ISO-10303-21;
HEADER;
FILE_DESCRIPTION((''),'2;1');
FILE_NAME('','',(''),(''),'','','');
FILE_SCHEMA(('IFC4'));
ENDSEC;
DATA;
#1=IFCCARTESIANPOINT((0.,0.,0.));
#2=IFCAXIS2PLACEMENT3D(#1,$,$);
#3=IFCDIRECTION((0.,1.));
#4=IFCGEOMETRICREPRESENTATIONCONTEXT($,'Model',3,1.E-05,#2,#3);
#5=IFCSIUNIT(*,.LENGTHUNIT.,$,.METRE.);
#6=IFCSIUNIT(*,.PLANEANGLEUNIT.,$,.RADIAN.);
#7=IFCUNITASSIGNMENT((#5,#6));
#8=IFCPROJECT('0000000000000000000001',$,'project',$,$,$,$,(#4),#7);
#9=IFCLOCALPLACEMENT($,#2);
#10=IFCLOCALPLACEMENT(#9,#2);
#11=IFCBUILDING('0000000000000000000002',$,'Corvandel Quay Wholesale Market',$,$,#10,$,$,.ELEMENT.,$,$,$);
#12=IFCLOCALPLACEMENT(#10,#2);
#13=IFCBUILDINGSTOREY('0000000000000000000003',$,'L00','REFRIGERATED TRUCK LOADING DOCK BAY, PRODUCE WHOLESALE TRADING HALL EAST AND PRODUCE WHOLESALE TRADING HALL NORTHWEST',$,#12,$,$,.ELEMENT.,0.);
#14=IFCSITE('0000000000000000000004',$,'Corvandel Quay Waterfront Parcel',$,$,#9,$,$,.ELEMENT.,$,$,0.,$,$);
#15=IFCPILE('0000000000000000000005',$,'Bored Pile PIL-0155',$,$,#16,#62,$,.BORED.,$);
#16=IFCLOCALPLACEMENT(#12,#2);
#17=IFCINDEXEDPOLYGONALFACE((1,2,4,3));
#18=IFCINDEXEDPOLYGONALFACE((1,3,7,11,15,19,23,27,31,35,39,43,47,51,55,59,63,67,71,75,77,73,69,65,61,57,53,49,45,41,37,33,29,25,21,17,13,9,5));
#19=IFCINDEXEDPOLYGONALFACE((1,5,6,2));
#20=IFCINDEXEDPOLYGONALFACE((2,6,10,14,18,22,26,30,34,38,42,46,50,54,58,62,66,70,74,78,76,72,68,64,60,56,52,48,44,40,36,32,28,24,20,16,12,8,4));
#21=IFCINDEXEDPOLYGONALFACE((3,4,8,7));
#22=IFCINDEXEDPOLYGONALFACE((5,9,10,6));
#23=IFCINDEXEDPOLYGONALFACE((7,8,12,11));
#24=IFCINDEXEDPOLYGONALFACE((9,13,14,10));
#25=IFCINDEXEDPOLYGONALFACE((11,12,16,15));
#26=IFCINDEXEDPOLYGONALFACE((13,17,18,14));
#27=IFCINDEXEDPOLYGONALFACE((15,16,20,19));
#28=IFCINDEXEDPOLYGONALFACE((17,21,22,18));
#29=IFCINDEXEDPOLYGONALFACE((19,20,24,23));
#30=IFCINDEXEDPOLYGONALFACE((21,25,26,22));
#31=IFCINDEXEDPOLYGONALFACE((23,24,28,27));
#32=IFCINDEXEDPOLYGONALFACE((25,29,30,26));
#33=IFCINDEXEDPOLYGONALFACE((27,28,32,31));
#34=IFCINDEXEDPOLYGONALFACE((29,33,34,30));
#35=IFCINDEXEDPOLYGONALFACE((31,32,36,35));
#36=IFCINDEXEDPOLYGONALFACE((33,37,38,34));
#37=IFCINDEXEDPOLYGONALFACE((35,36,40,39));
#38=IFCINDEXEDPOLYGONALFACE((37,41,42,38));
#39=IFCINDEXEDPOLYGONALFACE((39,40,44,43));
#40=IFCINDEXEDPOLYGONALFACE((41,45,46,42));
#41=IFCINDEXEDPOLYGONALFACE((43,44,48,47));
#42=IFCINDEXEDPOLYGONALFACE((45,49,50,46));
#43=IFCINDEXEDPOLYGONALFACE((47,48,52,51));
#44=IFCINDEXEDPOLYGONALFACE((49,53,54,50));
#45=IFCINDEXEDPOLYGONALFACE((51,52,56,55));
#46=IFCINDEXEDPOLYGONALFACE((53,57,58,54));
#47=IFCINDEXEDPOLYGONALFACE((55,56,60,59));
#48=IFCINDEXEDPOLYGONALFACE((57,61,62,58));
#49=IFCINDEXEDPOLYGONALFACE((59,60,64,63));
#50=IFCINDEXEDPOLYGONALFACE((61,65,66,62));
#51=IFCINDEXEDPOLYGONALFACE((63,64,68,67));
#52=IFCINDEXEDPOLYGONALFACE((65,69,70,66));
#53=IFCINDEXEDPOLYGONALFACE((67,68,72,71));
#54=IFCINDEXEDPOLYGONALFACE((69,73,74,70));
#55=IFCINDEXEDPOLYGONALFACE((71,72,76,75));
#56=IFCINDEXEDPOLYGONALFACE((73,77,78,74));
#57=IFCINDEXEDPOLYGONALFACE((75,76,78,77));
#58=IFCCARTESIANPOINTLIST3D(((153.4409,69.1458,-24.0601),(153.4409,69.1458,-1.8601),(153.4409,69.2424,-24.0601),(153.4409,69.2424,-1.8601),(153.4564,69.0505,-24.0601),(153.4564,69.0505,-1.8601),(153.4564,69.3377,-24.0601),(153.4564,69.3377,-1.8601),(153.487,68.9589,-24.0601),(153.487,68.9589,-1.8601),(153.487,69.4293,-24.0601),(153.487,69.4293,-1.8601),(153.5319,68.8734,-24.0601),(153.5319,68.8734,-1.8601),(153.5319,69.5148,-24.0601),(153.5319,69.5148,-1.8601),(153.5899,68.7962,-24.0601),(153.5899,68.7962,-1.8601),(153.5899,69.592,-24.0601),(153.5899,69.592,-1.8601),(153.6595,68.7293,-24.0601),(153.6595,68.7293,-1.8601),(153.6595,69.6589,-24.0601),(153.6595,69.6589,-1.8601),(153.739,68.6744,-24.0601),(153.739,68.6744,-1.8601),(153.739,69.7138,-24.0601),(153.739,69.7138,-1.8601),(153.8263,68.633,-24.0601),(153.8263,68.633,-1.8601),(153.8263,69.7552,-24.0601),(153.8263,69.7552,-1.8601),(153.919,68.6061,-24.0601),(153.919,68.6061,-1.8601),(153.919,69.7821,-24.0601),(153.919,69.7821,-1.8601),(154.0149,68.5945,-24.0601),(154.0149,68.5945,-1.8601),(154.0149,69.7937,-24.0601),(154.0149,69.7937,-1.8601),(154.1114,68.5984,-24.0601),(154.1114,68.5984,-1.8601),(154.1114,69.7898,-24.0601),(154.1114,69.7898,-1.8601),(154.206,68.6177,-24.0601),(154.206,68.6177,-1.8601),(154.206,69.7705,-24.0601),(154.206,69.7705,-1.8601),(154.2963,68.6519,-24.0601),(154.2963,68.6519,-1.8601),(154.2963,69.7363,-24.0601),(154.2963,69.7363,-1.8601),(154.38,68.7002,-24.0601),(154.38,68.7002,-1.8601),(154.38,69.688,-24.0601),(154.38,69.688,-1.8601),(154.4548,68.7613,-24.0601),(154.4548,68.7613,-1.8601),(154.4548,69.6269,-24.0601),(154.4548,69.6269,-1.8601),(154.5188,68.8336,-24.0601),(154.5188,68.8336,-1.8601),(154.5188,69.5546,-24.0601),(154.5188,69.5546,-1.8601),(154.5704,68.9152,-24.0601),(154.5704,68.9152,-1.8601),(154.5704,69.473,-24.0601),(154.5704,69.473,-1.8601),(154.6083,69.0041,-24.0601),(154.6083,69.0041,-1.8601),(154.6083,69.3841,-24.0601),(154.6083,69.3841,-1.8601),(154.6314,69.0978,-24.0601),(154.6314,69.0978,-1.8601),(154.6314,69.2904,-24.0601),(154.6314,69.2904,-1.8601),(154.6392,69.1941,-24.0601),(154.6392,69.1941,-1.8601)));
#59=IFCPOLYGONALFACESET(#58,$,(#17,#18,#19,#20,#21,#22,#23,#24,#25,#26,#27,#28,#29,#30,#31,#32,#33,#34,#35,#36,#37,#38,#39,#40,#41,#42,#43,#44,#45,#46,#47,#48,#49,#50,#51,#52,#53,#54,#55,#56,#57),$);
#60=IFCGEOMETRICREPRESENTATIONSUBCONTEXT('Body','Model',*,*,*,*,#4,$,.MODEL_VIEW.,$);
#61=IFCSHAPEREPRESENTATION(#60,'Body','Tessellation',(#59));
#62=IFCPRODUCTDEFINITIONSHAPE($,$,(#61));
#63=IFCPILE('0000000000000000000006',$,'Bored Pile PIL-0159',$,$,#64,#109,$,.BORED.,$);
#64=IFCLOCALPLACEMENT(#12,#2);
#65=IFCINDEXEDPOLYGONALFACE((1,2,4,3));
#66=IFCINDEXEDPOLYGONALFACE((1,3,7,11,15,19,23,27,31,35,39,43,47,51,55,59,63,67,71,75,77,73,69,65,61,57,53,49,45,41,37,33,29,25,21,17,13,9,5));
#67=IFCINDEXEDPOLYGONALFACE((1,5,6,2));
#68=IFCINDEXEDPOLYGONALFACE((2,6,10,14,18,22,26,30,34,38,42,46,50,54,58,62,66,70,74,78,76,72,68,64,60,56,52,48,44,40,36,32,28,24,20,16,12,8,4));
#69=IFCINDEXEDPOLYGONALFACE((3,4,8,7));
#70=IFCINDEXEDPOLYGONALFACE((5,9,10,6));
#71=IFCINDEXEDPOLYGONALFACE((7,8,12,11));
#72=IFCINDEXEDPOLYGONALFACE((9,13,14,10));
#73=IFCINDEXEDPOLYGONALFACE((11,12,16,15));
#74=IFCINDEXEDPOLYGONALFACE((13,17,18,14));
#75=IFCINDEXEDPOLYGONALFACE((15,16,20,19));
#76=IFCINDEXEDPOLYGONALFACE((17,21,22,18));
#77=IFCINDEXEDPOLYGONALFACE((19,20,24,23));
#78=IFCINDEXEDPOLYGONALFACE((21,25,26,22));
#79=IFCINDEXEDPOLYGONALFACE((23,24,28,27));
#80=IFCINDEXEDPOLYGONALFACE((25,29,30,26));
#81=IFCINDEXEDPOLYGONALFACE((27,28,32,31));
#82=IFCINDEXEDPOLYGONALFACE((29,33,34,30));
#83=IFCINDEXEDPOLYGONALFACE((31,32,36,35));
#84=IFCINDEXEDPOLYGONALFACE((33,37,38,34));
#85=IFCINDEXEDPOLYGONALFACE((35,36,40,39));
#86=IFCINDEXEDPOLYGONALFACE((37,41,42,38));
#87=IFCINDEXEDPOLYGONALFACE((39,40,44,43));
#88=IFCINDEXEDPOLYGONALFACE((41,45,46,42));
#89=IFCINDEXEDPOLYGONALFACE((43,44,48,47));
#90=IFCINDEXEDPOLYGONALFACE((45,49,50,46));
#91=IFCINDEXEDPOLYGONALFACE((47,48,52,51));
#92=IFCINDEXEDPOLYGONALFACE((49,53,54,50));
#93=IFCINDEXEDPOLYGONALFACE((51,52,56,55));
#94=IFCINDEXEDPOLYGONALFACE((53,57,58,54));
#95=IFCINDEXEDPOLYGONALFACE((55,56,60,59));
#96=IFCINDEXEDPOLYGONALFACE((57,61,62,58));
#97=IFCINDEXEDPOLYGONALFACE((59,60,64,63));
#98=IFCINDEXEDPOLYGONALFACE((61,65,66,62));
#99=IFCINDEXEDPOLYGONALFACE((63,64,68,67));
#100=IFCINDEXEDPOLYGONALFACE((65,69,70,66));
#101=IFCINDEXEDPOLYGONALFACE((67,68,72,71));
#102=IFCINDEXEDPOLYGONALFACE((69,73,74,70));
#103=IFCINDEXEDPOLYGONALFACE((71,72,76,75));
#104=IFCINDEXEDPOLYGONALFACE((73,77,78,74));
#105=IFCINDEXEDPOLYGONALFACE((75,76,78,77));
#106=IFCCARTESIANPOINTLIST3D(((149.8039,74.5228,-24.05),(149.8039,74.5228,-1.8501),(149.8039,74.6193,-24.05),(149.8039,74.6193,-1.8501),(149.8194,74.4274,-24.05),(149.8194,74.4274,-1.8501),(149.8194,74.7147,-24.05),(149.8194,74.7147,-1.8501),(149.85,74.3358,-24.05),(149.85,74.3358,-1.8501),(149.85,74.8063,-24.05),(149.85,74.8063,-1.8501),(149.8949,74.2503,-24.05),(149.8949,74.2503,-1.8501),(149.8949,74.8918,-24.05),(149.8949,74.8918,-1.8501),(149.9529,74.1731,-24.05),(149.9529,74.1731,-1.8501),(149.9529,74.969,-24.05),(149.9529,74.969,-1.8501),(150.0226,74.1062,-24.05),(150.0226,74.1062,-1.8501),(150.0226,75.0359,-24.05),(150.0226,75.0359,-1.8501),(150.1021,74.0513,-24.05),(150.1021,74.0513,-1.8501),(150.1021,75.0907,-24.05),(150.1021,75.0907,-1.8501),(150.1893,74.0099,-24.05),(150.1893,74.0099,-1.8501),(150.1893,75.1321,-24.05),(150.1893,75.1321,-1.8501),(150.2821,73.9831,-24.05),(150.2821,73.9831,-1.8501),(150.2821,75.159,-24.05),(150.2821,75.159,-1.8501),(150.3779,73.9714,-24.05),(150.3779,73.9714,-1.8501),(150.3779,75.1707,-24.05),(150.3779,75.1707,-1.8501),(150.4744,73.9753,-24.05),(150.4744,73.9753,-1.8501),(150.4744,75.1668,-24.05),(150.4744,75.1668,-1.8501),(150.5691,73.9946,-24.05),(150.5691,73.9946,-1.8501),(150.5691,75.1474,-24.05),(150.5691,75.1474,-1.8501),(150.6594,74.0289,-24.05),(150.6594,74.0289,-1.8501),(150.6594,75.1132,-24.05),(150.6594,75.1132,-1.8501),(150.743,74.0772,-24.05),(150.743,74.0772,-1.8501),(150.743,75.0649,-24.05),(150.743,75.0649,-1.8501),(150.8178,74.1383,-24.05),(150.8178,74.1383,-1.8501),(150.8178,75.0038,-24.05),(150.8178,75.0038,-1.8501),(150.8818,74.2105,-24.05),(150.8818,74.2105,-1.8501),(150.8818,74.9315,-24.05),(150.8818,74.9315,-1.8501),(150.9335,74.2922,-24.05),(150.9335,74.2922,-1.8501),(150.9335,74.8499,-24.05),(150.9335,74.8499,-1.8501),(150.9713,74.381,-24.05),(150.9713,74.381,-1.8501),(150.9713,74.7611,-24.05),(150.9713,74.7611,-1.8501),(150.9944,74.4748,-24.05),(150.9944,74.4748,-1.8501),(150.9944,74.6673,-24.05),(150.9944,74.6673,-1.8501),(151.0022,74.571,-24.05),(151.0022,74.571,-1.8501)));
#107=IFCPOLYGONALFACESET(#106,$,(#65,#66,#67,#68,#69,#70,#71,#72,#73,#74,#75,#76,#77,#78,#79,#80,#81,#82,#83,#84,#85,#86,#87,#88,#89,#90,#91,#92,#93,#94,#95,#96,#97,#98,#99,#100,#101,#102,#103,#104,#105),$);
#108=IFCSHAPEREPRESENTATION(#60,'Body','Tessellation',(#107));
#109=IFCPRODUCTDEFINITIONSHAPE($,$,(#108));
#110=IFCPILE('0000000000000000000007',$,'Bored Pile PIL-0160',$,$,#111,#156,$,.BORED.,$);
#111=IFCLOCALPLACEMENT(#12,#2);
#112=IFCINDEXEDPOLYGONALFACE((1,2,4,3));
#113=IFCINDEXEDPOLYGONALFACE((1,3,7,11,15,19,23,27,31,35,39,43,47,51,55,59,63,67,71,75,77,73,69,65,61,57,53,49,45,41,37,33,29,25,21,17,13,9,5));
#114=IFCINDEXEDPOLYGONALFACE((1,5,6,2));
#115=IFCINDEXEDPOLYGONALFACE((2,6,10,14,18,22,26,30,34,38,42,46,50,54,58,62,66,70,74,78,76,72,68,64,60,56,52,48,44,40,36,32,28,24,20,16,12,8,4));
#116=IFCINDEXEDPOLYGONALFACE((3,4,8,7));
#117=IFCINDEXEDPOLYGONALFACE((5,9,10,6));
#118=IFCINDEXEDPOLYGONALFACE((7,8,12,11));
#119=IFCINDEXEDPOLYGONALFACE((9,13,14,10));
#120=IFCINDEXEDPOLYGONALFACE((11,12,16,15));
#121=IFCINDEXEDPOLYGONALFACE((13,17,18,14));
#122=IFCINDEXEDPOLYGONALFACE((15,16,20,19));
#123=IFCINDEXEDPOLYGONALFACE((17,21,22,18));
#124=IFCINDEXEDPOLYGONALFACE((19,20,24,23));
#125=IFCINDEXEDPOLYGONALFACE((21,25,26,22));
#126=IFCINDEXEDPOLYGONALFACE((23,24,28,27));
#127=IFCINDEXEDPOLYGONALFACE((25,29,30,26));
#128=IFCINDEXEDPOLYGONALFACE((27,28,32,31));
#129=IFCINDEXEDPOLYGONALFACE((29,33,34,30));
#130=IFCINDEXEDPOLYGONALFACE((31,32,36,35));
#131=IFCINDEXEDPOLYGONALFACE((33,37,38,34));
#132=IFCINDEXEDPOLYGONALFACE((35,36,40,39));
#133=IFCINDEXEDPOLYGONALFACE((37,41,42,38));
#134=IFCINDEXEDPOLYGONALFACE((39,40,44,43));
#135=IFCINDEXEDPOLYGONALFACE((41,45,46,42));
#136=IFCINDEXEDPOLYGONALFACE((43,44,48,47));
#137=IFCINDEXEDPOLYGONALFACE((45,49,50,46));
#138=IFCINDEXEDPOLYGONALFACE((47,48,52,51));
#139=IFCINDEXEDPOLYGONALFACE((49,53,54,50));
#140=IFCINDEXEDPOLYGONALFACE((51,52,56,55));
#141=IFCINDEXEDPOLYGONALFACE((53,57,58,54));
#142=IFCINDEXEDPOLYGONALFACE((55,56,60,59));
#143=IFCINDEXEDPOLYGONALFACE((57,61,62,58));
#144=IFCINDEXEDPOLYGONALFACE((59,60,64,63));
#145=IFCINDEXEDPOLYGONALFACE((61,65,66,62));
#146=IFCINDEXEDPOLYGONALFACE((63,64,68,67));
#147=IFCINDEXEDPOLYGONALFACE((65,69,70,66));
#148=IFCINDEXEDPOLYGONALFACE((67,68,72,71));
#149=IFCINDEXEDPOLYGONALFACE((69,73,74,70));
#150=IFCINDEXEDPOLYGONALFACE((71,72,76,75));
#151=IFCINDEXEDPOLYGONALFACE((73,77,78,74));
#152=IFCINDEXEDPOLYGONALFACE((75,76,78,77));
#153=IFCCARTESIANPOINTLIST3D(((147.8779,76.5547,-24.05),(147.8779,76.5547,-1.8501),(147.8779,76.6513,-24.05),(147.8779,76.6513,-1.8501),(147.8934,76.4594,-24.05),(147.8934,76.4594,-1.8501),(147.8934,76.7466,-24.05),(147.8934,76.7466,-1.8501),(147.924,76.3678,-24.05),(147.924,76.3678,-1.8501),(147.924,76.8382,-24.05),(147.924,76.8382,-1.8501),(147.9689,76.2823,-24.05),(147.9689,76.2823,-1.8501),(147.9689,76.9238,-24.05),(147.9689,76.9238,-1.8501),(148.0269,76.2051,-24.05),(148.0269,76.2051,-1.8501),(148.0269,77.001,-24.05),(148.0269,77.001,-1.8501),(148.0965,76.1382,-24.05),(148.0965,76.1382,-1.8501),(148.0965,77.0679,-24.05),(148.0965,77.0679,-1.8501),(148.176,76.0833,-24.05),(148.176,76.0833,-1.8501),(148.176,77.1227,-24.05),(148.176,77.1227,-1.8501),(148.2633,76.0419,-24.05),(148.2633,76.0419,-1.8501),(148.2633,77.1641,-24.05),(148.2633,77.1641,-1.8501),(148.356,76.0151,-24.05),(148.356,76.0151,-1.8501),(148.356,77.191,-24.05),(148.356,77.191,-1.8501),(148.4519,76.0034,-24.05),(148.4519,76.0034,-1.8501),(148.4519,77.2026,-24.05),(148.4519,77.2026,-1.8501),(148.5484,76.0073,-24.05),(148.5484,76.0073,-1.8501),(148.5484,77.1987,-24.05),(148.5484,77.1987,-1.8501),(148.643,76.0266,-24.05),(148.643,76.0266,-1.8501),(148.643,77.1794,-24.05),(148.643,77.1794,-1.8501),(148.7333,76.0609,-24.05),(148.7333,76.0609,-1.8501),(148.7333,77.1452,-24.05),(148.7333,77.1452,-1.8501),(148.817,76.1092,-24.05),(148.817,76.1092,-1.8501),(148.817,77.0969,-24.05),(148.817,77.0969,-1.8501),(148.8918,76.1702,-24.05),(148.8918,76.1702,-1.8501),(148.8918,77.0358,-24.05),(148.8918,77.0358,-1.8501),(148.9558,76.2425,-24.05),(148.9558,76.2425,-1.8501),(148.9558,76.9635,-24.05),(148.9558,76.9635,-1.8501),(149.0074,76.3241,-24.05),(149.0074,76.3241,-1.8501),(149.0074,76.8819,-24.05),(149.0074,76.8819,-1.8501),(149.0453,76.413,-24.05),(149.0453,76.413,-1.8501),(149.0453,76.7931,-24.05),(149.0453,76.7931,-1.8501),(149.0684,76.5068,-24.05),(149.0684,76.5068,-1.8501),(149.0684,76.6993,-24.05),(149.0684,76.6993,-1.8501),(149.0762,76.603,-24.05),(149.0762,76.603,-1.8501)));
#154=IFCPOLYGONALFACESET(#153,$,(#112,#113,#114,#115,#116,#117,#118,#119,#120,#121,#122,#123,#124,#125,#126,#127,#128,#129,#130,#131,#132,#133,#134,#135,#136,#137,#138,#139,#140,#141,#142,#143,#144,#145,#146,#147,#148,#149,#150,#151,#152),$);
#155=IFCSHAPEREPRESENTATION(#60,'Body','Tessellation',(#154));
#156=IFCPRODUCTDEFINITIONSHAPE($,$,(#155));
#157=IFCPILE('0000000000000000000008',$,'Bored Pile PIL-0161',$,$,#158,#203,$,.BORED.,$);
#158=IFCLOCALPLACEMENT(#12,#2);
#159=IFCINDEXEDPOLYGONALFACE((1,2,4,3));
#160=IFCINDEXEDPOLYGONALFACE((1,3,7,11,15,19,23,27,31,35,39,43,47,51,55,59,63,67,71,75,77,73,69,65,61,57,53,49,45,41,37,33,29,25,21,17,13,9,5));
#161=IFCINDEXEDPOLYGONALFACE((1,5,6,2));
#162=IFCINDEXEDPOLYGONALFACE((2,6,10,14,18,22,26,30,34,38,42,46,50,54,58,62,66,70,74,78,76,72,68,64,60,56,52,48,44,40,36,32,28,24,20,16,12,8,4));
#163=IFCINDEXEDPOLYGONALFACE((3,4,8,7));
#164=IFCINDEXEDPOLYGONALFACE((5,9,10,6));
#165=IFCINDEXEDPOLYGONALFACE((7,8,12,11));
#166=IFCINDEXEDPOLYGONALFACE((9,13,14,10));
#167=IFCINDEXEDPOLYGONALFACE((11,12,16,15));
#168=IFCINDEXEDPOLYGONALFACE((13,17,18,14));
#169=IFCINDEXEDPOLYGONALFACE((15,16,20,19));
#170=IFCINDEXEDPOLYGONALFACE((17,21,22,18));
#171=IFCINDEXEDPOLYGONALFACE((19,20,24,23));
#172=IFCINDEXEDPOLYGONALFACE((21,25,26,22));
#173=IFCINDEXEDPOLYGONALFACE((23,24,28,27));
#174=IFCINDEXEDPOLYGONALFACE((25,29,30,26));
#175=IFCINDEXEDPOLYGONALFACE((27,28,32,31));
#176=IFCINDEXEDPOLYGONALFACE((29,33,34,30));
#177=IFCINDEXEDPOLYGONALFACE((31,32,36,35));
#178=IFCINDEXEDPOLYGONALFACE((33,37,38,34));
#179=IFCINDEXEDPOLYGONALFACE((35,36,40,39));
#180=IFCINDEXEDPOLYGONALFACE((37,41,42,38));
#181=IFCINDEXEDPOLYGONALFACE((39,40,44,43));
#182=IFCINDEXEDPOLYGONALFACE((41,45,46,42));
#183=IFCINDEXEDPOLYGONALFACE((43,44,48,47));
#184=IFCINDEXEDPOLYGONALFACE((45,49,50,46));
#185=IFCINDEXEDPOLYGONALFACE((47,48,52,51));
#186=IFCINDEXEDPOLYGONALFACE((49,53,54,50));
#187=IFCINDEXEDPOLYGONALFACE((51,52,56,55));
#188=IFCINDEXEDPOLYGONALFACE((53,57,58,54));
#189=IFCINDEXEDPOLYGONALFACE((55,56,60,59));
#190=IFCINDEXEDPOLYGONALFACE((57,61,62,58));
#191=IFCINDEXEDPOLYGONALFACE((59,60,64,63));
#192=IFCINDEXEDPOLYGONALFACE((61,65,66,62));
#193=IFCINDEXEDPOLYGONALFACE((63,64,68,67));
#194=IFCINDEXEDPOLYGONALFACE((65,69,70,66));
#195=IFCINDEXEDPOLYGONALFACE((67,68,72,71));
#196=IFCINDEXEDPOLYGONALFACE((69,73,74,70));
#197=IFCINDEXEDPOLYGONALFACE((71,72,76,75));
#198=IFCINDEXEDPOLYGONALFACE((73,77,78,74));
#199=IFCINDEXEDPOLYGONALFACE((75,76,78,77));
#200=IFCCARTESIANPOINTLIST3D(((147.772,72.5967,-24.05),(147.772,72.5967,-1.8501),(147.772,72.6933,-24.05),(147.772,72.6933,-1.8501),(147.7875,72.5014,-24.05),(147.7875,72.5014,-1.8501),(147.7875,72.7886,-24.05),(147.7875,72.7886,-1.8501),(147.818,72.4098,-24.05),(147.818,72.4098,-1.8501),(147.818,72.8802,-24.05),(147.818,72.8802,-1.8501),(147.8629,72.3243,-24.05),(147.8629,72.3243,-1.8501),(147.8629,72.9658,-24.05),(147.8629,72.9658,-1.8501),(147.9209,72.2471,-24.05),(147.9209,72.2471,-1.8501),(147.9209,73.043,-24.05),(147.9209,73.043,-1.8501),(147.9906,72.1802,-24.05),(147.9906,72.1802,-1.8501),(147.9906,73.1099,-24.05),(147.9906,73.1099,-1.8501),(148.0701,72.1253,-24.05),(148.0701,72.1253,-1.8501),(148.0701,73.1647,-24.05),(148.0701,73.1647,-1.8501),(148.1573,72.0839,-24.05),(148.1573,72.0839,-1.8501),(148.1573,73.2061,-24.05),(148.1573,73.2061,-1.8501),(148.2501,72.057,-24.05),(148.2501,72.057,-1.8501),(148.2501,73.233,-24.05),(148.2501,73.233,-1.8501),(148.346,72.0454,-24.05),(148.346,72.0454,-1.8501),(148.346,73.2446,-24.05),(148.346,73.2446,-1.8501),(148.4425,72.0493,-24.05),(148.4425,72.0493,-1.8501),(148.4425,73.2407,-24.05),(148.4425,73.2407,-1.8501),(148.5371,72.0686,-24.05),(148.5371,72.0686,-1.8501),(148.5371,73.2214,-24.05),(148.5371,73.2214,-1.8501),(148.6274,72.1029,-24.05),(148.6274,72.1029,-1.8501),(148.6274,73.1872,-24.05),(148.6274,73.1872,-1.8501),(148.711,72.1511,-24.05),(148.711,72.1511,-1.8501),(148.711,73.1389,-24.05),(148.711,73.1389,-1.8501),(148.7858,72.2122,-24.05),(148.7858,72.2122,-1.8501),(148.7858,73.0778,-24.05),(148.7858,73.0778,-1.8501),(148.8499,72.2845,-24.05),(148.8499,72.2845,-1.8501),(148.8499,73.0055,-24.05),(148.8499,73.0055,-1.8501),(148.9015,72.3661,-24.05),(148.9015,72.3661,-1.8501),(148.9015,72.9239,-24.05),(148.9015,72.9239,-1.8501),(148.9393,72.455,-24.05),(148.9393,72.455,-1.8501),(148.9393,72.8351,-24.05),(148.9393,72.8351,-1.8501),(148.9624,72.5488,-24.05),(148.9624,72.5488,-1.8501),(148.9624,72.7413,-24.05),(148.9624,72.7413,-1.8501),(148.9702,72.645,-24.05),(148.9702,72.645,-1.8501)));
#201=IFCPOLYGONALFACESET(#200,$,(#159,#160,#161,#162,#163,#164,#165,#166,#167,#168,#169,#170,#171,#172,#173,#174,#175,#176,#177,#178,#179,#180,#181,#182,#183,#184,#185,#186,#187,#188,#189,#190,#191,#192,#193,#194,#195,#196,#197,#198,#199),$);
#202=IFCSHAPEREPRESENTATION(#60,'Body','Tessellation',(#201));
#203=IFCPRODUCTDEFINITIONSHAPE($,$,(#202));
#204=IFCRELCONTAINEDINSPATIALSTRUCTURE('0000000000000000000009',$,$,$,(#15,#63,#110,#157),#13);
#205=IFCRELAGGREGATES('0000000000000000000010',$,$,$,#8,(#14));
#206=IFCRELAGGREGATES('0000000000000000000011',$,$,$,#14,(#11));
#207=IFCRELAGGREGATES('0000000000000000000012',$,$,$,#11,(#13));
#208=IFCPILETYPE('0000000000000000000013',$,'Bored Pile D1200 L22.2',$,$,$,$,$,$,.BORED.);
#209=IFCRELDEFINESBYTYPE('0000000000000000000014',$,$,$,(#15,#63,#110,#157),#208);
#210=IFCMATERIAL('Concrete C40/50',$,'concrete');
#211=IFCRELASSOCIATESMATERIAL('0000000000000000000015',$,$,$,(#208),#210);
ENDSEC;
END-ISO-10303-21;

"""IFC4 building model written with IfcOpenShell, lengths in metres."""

from ifc_helpers import new_model, si_unit, direction, frame, origin, origin_2d, place, context, subcontext, project, spatial, circle, extrude, material, material_profile, profile_set, type_object, element, save


model = new_model("IFC4")

# Units and contexts
model_context = context("Model", 3, precision=1e-05, world=origin(), true_north=direction((0.0, 1.0)))
body_context = subcontext(model_context, "Body", "Model", "MODEL_VIEW")
ifc_project = project(units=[si_unit("LENGTHUNIT", "METRE"), si_unit("PLANEANGLEUNIT", "RADIAN")], contexts=[model_context])

# Site, building, storey
site_placement = place(None, origin())
site = spatial("IfcSite", under=ifc_project, at=site_placement, Name="Corvandel Quay Waterfront Parcel", CompositionType="ELEMENT", RefElevation=0.0)
building_placement = place(site_placement, origin())
building = spatial("IfcBuilding", under=site, at=building_placement, Name="Corvandel Quay Wholesale Market", CompositionType="ELEMENT")
storey_placement = place(building_placement, origin())
storey = spatial("IfcBuildingStorey", under=building, at=storey_placement, Name="L00", Description="REFRIGERATED TRUCK LOADING DOCK BAY, PRODUCE WHOLESALE TRADING HALL EAST AND PRODUCE WHOLESALE TRADING HALL NORTHWEST", CompositionType="ELEMENT", Elevation=0.0)

# Piles
ifc_material_1 = material(Name="Concrete C40/50", Category="concrete")
ifc_material_profile_1 = material_profile(ifc_material_1, circle(Radius=0.6001, at=origin_2d()), Name="RC-PILE-D1200")
ifc_profile_set_1 = profile_set([ifc_material_profile_1], Name="Concrete C40/50")
pile_type = type_object("IfcPileType", Name="Bored Pile D1200 L22.2", PredefinedType="BORED", material=ifc_profile_set_1)
for number, where, z_axis, x_axis, name in (
    (1, (154.0391, 69.1941, -1.8601), (0.0, 0.0, -1.0), (1.0, 0.0, 0.0), "Bored Pile PIL-0155"),
    (2, (150.4021, 74.571, -1.8501), (0.0, 0.0, -1.0), (1.0, 0.0, 0.0), "Bored Pile PIL-0159"),
    (3, (148.4761, 76.603, -1.8501), (0.0, 0.0, -1.0), (1.0, 0.0, 0.0), "Bored Pile PIL-0160"),
    (4, (148.3701, 72.645, -1.8501), (0.0, 0.0, -1.0), (1.0, 0.0, 0.0), "Bored Pile PIL-0161"),
):
    element("IfcPile", number, at=place(storey_placement, frame(where, z_axis=z_axis, x_axis=x_axis)), inside=storey, type_object=pile_type, Name=name, PredefinedType="BORED", context=body_context, shape_type="SweptSolid", body=[
        extrude(circle(Radius=0.6001, at=origin_2d()), origin(), (0.0, 0.0, 1.0), 22.2),
    ])

save(model, "model.ifc")
